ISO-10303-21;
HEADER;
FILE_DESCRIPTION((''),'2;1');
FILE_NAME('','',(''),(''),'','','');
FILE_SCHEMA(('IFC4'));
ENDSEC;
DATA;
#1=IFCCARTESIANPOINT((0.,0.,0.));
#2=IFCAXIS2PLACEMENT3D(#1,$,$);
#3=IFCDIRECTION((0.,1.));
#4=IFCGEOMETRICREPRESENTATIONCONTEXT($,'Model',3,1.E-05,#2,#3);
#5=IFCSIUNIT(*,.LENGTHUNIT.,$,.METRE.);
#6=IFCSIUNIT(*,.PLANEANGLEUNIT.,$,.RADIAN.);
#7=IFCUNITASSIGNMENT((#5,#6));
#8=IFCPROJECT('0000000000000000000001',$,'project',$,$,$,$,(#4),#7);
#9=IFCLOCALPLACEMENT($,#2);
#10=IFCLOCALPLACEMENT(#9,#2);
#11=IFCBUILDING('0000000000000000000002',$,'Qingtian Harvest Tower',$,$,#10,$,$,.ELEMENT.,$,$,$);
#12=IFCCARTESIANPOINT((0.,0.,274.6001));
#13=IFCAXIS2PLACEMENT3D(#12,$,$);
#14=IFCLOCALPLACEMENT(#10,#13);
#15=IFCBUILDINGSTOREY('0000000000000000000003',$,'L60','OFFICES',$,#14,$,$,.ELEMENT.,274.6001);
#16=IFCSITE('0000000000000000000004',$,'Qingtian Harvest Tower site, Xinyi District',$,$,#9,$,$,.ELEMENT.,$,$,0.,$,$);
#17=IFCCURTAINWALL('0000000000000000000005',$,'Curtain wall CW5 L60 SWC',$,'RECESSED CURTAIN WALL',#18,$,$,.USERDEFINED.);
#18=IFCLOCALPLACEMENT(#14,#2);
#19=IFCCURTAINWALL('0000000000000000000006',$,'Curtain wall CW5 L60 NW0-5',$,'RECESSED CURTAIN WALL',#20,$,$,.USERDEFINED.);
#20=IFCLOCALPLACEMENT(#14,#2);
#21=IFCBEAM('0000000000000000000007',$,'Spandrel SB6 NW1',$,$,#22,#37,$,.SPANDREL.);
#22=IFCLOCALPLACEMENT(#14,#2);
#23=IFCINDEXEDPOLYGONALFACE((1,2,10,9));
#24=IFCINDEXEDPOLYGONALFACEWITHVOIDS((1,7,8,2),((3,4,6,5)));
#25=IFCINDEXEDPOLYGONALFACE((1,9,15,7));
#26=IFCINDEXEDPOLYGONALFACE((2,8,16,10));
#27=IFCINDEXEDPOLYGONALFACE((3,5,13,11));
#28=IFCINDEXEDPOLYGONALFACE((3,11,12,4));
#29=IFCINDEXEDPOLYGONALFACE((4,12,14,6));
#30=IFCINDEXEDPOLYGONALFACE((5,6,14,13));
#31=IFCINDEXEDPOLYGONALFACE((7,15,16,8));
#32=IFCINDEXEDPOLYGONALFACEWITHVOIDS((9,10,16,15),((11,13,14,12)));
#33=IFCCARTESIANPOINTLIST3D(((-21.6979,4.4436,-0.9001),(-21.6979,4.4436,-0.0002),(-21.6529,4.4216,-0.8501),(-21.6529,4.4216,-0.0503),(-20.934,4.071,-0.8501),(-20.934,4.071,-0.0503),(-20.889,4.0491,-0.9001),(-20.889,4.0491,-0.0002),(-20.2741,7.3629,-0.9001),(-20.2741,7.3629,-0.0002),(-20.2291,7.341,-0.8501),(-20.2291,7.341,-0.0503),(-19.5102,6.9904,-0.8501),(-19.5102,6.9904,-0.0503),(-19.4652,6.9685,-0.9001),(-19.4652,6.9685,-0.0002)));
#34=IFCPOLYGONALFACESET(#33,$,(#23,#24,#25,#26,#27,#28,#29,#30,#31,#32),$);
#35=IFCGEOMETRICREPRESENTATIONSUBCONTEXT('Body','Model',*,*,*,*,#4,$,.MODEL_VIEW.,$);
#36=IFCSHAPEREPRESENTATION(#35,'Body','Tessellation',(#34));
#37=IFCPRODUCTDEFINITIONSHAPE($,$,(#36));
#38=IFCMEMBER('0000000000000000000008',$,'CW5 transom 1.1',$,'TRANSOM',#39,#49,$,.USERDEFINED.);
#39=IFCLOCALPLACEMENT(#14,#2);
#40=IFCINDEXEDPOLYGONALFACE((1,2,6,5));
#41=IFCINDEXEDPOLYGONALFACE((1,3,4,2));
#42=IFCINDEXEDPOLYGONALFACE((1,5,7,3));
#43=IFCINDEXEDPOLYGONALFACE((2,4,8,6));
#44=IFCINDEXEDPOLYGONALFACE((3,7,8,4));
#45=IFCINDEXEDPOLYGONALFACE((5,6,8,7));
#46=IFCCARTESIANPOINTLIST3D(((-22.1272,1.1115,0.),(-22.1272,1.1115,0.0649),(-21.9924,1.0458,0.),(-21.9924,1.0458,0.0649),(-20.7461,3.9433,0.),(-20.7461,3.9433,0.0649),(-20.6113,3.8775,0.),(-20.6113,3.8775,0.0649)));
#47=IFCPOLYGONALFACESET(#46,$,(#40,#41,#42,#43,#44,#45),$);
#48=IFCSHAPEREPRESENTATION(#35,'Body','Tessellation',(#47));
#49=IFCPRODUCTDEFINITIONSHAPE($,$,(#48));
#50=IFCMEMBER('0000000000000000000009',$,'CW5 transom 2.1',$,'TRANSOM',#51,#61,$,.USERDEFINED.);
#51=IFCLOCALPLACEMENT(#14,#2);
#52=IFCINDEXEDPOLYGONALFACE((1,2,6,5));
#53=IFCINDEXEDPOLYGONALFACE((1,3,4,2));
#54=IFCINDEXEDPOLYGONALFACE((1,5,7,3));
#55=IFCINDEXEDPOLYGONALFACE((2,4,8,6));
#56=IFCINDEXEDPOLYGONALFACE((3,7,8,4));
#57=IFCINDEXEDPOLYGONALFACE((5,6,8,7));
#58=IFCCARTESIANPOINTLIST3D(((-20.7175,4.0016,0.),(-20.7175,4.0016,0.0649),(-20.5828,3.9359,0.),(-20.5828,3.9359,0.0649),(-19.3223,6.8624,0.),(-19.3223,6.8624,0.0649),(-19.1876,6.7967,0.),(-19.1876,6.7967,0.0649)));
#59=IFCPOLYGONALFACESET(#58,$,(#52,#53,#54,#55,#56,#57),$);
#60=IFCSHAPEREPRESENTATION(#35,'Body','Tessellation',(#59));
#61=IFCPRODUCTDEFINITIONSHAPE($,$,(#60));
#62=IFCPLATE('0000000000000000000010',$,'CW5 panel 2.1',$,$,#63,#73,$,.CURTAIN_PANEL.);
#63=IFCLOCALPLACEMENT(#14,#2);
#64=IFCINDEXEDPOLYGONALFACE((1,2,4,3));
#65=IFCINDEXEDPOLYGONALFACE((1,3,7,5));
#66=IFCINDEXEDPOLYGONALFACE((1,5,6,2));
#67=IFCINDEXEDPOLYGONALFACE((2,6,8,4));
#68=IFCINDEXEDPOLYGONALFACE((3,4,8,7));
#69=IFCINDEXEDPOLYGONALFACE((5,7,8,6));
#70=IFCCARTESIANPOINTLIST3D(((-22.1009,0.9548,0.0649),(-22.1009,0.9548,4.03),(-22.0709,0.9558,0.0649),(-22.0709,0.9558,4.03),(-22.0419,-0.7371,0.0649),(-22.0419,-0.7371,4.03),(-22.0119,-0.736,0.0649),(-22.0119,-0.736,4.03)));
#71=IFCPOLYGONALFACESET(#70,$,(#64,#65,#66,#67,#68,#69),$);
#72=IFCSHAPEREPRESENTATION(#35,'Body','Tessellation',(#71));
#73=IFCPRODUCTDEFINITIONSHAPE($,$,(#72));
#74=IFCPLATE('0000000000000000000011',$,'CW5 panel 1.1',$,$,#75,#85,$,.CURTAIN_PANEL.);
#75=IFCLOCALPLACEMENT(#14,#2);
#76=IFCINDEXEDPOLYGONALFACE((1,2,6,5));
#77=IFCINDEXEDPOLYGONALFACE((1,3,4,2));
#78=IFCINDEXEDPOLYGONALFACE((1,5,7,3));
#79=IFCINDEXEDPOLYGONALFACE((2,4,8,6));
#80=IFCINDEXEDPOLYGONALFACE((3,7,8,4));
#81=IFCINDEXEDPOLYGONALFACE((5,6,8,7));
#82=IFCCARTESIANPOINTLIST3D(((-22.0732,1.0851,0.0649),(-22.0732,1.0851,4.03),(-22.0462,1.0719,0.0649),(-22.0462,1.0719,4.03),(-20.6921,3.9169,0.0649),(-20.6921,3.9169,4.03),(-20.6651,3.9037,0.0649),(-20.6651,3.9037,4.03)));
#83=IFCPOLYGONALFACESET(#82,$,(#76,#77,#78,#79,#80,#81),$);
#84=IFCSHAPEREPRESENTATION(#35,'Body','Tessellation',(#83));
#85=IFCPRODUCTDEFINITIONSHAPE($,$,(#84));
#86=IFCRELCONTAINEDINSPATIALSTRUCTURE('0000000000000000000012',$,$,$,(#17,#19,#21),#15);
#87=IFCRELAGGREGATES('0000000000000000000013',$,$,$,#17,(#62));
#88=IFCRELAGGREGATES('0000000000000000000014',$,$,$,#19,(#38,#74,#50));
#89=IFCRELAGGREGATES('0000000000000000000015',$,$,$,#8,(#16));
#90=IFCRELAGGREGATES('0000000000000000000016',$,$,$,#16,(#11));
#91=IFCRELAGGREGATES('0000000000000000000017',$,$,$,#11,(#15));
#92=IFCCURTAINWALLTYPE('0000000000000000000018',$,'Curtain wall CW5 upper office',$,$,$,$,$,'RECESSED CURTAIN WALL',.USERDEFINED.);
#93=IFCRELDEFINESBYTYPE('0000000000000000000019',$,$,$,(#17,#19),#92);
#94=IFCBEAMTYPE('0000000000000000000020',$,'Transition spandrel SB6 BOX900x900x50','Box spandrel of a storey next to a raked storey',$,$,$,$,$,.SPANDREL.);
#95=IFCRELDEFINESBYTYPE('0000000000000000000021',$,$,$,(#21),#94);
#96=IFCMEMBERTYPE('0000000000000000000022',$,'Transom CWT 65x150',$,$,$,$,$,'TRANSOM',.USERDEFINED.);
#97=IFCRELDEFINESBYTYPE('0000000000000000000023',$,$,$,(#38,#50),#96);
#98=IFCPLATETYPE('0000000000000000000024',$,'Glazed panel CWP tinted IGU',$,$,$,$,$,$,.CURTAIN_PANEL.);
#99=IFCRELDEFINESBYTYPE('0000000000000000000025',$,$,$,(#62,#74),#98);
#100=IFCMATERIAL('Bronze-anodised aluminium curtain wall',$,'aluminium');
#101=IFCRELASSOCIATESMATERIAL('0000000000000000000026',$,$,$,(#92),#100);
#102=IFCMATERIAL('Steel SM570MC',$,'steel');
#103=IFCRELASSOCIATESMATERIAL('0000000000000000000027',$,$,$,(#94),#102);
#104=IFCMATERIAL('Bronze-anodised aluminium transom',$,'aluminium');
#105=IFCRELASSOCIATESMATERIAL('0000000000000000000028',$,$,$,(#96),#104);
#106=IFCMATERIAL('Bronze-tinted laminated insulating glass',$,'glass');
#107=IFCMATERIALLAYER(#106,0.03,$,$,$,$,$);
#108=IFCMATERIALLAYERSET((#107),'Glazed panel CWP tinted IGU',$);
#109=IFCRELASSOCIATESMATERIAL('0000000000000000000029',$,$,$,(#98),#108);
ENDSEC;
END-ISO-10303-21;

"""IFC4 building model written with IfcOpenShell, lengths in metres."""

from ifc_helpers import new_model, si_unit, direction, frame, origin, origin_2d, place, context, subcontext, project, spatial, rectangle, hollow_rectangle, extrude, material, layer, layer_set, material_profile, profile_set, type_object, element, aggregate, save


model = new_model("IFC4")

# Units and contexts
model_context = context("Model", 3, precision=1e-05, world=origin(), true_north=direction((0.0, 1.0)))
body_context = subcontext(model_context, "Body", "Model", "MODEL_VIEW")
ifc_project = project(units=[si_unit("LENGTHUNIT", "METRE"), si_unit("PLANEANGLEUNIT", "RADIAN")], contexts=[model_context])

# Site, building, storey
site_placement = place(None, origin())
site = spatial("IfcSite", under=ifc_project, at=site_placement, Name="Qingtian Harvest Tower site, Xinyi District", CompositionType="ELEMENT", RefElevation=0.0)
building_placement = place(site_placement, origin())
building = spatial("IfcBuilding", under=site, at=building_placement, Name="Qingtian Harvest Tower", CompositionType="ELEMENT")
storey_placement = place(building_placement, frame((0.0, 0.0, 274.6001)))
storey = spatial("IfcBuildingStorey", under=building, at=storey_placement, Name="L60", Description="OFFICES", CompositionType="ELEMENT", Elevation=274.6001)

# Curtain wall
ifc_material_1 = material(Name="Bronze-anodised aluminium curtain wall", Category="aluminium")
curtain_wall_type = type_object("IfcCurtainWallType", Name="Curtain wall CW5 upper office", ElementType="RECESSED CURTAIN WALL", PredefinedType="USERDEFINED", material=ifc_material_1)
curtain_wall_1_placement = place(storey_placement, origin())
curtain_wall_1 = element("IfcCurtainWall", 1, at=curtain_wall_1_placement, inside=storey, type_object=curtain_wall_type, Name="Curtain wall CW5 L60 SWC", ObjectType="RECESSED CURTAIN WALL", PredefinedType="USERDEFINED")

# Curtain wall
curtain_wall_2_placement = place(storey_placement, origin())
curtain_wall_2 = element("IfcCurtainWall", 2, at=curtain_wall_2_placement, inside=storey, type_object=curtain_wall_type, Name="Curtain wall CW5 L60 NW0-5", ObjectType="RECESSED CURTAIN WALL", PredefinedType="USERDEFINED")

# Beam
ifc_material_2 = material(Name="Steel SM570MC", Category="steel")
ifc_material_profile_1 = material_profile(ifc_material_2, hollow_rectangle(XDim=0.8999, YDim=0.8999, WallThickness=0.05, at=origin_2d()), Name="BOX900x900x50")
ifc_profile_set_1 = profile_set([ifc_material_profile_1], Name="Steel SM570MC")
beam_type_1 = type_object("IfcBeamType", Name="Transition spandrel SB6 BOX900x900x50", Description="Box spandrel of a storey next to a raked storey", PredefinedType="SPANDREL", material=ifc_profile_set_1)
beam_1_placement = place(storey_placement, frame((-21.2935, 4.2463, -0.4502), z_axis=(0.438353, 0.898803, 0.0), x_axis=(-0.898803, 0.438353, 0.0)))
element("IfcBeam", 3, at=beam_1_placement, inside=storey, type_object=beam_type_1, Name="Spandrel SB6 NW1", PredefinedType="SPANDREL", context=body_context, shape_type="SweptSolid", body=[
    extrude(hollow_rectangle(XDim=0.8999, YDim=0.8999, WallThickness=0.05, at=origin_2d()), origin(), (0.0, 0.0, 1.0), 3.248),
])

# Members
ifc_material_3 = material(Name="Bronze-anodised aluminium transom", Category="aluminium")
ifc_material_profile_2 = material_profile(ifc_material_3, rectangle(XDim=0.1499, YDim=0.0649, at=origin_2d()), Name="AL 65x150")
ifc_profile_set_2 = profile_set([ifc_material_profile_2], Name="Bronze-anodised aluminium transom")
member_type_1 = type_object("IfcMemberType", Name="Transom CWT 65x150", ElementType="TRANSOM", PredefinedType="USERDEFINED", material=ifc_profile_set_2)
member_1_placement = place(storey_placement, frame((-22.0598, 1.0786, 0.0325), z_axis=(0.438358, 0.8988, 0.0), x_axis=(-0.8988, 0.438358, 0.0)))
member_1 = element("IfcMember", 4, at=member_1_placement, type_object=member_type_1, Name="CW5 transom 1.1", ObjectType="TRANSOM", PredefinedType="USERDEFINED", context=body_context, shape_type="SweptSolid", body=[
    extrude(rectangle(XDim=0.1499, YDim=0.0649, at=origin_2d()), origin(), (0.0, 0.0, 1.0), 3.1506),
])
member_2_placement = place(storey_placement, frame((-20.6501, 3.9688, 0.0325), z_axis=(0.438356, 0.898802, 0.0), x_axis=(-0.898802, 0.438356, 0.0)))
member_2 = element("IfcMember", 5, at=member_2_placement, type_object=member_type_1, Name="CW5 transom 2.1", ObjectType="TRANSOM", PredefinedType="USERDEFINED", context=body_context, shape_type="SweptSolid", body=[
    extrude(rectangle(XDim=0.1499, YDim=0.0649, at=origin_2d()), origin(), (0.0, 0.0, 1.0), 3.1829),
])

# Plates
ifc_material_4 = material(Name="Bronze-tinted laminated insulating glass", Category="glass")
ifc_layer = layer(ifc_material_4, 0.03)
ifc_layer_set = layer_set([ifc_layer], Name="Glazed panel CWP tinted IGU")
plate_type = type_object("IfcPlateType", Name="Glazed panel CWP tinted IGU", PredefinedType="CURTAIN_PANEL", material=ifc_layer_set)
plate_1_placement = place(storey_placement, frame((-22.0564, 0.1094, 0.0649), z_axis=(0.0, 0.0, 1.0), x_axis=(-0.034899, 0.999391, 0.0)))
plate_1 = element("IfcPlate", 6, at=plate_1_placement, type_object=plate_type, Name="CW5 panel 2.1", PredefinedType="CURTAIN_PANEL", context=body_context, shape_type="SweptSolid", body=[
    extrude(rectangle(XDim=1.6929, YDim=0.03, at=origin_2d()), origin(), (0.0, 0.0, 1.0), 3.9651),
])
aggregate(curtain_wall_1, [plate_1])
plate_2_placement = place(storey_placement, frame((-21.3691, 2.4944, 0.0649), z_axis=(0.0, 0.0, 1.0), x_axis=(0.438371, 0.898794, 0.0)))
plate_2 = element("IfcPlate", 7, at=plate_2_placement, type_object=plate_type, Name="CW5 panel 1.1", PredefinedType="CURTAIN_PANEL", context=body_context, shape_type="SweptSolid", body=[
    extrude(rectangle(XDim=3.1506, YDim=0.03, at=origin_2d()), origin(), (0.0, 0.0, 1.0), 3.9651),
])
aggregate(curtain_wall_2, [member_1, plate_2, member_2])

save(model, "model.ifc")
